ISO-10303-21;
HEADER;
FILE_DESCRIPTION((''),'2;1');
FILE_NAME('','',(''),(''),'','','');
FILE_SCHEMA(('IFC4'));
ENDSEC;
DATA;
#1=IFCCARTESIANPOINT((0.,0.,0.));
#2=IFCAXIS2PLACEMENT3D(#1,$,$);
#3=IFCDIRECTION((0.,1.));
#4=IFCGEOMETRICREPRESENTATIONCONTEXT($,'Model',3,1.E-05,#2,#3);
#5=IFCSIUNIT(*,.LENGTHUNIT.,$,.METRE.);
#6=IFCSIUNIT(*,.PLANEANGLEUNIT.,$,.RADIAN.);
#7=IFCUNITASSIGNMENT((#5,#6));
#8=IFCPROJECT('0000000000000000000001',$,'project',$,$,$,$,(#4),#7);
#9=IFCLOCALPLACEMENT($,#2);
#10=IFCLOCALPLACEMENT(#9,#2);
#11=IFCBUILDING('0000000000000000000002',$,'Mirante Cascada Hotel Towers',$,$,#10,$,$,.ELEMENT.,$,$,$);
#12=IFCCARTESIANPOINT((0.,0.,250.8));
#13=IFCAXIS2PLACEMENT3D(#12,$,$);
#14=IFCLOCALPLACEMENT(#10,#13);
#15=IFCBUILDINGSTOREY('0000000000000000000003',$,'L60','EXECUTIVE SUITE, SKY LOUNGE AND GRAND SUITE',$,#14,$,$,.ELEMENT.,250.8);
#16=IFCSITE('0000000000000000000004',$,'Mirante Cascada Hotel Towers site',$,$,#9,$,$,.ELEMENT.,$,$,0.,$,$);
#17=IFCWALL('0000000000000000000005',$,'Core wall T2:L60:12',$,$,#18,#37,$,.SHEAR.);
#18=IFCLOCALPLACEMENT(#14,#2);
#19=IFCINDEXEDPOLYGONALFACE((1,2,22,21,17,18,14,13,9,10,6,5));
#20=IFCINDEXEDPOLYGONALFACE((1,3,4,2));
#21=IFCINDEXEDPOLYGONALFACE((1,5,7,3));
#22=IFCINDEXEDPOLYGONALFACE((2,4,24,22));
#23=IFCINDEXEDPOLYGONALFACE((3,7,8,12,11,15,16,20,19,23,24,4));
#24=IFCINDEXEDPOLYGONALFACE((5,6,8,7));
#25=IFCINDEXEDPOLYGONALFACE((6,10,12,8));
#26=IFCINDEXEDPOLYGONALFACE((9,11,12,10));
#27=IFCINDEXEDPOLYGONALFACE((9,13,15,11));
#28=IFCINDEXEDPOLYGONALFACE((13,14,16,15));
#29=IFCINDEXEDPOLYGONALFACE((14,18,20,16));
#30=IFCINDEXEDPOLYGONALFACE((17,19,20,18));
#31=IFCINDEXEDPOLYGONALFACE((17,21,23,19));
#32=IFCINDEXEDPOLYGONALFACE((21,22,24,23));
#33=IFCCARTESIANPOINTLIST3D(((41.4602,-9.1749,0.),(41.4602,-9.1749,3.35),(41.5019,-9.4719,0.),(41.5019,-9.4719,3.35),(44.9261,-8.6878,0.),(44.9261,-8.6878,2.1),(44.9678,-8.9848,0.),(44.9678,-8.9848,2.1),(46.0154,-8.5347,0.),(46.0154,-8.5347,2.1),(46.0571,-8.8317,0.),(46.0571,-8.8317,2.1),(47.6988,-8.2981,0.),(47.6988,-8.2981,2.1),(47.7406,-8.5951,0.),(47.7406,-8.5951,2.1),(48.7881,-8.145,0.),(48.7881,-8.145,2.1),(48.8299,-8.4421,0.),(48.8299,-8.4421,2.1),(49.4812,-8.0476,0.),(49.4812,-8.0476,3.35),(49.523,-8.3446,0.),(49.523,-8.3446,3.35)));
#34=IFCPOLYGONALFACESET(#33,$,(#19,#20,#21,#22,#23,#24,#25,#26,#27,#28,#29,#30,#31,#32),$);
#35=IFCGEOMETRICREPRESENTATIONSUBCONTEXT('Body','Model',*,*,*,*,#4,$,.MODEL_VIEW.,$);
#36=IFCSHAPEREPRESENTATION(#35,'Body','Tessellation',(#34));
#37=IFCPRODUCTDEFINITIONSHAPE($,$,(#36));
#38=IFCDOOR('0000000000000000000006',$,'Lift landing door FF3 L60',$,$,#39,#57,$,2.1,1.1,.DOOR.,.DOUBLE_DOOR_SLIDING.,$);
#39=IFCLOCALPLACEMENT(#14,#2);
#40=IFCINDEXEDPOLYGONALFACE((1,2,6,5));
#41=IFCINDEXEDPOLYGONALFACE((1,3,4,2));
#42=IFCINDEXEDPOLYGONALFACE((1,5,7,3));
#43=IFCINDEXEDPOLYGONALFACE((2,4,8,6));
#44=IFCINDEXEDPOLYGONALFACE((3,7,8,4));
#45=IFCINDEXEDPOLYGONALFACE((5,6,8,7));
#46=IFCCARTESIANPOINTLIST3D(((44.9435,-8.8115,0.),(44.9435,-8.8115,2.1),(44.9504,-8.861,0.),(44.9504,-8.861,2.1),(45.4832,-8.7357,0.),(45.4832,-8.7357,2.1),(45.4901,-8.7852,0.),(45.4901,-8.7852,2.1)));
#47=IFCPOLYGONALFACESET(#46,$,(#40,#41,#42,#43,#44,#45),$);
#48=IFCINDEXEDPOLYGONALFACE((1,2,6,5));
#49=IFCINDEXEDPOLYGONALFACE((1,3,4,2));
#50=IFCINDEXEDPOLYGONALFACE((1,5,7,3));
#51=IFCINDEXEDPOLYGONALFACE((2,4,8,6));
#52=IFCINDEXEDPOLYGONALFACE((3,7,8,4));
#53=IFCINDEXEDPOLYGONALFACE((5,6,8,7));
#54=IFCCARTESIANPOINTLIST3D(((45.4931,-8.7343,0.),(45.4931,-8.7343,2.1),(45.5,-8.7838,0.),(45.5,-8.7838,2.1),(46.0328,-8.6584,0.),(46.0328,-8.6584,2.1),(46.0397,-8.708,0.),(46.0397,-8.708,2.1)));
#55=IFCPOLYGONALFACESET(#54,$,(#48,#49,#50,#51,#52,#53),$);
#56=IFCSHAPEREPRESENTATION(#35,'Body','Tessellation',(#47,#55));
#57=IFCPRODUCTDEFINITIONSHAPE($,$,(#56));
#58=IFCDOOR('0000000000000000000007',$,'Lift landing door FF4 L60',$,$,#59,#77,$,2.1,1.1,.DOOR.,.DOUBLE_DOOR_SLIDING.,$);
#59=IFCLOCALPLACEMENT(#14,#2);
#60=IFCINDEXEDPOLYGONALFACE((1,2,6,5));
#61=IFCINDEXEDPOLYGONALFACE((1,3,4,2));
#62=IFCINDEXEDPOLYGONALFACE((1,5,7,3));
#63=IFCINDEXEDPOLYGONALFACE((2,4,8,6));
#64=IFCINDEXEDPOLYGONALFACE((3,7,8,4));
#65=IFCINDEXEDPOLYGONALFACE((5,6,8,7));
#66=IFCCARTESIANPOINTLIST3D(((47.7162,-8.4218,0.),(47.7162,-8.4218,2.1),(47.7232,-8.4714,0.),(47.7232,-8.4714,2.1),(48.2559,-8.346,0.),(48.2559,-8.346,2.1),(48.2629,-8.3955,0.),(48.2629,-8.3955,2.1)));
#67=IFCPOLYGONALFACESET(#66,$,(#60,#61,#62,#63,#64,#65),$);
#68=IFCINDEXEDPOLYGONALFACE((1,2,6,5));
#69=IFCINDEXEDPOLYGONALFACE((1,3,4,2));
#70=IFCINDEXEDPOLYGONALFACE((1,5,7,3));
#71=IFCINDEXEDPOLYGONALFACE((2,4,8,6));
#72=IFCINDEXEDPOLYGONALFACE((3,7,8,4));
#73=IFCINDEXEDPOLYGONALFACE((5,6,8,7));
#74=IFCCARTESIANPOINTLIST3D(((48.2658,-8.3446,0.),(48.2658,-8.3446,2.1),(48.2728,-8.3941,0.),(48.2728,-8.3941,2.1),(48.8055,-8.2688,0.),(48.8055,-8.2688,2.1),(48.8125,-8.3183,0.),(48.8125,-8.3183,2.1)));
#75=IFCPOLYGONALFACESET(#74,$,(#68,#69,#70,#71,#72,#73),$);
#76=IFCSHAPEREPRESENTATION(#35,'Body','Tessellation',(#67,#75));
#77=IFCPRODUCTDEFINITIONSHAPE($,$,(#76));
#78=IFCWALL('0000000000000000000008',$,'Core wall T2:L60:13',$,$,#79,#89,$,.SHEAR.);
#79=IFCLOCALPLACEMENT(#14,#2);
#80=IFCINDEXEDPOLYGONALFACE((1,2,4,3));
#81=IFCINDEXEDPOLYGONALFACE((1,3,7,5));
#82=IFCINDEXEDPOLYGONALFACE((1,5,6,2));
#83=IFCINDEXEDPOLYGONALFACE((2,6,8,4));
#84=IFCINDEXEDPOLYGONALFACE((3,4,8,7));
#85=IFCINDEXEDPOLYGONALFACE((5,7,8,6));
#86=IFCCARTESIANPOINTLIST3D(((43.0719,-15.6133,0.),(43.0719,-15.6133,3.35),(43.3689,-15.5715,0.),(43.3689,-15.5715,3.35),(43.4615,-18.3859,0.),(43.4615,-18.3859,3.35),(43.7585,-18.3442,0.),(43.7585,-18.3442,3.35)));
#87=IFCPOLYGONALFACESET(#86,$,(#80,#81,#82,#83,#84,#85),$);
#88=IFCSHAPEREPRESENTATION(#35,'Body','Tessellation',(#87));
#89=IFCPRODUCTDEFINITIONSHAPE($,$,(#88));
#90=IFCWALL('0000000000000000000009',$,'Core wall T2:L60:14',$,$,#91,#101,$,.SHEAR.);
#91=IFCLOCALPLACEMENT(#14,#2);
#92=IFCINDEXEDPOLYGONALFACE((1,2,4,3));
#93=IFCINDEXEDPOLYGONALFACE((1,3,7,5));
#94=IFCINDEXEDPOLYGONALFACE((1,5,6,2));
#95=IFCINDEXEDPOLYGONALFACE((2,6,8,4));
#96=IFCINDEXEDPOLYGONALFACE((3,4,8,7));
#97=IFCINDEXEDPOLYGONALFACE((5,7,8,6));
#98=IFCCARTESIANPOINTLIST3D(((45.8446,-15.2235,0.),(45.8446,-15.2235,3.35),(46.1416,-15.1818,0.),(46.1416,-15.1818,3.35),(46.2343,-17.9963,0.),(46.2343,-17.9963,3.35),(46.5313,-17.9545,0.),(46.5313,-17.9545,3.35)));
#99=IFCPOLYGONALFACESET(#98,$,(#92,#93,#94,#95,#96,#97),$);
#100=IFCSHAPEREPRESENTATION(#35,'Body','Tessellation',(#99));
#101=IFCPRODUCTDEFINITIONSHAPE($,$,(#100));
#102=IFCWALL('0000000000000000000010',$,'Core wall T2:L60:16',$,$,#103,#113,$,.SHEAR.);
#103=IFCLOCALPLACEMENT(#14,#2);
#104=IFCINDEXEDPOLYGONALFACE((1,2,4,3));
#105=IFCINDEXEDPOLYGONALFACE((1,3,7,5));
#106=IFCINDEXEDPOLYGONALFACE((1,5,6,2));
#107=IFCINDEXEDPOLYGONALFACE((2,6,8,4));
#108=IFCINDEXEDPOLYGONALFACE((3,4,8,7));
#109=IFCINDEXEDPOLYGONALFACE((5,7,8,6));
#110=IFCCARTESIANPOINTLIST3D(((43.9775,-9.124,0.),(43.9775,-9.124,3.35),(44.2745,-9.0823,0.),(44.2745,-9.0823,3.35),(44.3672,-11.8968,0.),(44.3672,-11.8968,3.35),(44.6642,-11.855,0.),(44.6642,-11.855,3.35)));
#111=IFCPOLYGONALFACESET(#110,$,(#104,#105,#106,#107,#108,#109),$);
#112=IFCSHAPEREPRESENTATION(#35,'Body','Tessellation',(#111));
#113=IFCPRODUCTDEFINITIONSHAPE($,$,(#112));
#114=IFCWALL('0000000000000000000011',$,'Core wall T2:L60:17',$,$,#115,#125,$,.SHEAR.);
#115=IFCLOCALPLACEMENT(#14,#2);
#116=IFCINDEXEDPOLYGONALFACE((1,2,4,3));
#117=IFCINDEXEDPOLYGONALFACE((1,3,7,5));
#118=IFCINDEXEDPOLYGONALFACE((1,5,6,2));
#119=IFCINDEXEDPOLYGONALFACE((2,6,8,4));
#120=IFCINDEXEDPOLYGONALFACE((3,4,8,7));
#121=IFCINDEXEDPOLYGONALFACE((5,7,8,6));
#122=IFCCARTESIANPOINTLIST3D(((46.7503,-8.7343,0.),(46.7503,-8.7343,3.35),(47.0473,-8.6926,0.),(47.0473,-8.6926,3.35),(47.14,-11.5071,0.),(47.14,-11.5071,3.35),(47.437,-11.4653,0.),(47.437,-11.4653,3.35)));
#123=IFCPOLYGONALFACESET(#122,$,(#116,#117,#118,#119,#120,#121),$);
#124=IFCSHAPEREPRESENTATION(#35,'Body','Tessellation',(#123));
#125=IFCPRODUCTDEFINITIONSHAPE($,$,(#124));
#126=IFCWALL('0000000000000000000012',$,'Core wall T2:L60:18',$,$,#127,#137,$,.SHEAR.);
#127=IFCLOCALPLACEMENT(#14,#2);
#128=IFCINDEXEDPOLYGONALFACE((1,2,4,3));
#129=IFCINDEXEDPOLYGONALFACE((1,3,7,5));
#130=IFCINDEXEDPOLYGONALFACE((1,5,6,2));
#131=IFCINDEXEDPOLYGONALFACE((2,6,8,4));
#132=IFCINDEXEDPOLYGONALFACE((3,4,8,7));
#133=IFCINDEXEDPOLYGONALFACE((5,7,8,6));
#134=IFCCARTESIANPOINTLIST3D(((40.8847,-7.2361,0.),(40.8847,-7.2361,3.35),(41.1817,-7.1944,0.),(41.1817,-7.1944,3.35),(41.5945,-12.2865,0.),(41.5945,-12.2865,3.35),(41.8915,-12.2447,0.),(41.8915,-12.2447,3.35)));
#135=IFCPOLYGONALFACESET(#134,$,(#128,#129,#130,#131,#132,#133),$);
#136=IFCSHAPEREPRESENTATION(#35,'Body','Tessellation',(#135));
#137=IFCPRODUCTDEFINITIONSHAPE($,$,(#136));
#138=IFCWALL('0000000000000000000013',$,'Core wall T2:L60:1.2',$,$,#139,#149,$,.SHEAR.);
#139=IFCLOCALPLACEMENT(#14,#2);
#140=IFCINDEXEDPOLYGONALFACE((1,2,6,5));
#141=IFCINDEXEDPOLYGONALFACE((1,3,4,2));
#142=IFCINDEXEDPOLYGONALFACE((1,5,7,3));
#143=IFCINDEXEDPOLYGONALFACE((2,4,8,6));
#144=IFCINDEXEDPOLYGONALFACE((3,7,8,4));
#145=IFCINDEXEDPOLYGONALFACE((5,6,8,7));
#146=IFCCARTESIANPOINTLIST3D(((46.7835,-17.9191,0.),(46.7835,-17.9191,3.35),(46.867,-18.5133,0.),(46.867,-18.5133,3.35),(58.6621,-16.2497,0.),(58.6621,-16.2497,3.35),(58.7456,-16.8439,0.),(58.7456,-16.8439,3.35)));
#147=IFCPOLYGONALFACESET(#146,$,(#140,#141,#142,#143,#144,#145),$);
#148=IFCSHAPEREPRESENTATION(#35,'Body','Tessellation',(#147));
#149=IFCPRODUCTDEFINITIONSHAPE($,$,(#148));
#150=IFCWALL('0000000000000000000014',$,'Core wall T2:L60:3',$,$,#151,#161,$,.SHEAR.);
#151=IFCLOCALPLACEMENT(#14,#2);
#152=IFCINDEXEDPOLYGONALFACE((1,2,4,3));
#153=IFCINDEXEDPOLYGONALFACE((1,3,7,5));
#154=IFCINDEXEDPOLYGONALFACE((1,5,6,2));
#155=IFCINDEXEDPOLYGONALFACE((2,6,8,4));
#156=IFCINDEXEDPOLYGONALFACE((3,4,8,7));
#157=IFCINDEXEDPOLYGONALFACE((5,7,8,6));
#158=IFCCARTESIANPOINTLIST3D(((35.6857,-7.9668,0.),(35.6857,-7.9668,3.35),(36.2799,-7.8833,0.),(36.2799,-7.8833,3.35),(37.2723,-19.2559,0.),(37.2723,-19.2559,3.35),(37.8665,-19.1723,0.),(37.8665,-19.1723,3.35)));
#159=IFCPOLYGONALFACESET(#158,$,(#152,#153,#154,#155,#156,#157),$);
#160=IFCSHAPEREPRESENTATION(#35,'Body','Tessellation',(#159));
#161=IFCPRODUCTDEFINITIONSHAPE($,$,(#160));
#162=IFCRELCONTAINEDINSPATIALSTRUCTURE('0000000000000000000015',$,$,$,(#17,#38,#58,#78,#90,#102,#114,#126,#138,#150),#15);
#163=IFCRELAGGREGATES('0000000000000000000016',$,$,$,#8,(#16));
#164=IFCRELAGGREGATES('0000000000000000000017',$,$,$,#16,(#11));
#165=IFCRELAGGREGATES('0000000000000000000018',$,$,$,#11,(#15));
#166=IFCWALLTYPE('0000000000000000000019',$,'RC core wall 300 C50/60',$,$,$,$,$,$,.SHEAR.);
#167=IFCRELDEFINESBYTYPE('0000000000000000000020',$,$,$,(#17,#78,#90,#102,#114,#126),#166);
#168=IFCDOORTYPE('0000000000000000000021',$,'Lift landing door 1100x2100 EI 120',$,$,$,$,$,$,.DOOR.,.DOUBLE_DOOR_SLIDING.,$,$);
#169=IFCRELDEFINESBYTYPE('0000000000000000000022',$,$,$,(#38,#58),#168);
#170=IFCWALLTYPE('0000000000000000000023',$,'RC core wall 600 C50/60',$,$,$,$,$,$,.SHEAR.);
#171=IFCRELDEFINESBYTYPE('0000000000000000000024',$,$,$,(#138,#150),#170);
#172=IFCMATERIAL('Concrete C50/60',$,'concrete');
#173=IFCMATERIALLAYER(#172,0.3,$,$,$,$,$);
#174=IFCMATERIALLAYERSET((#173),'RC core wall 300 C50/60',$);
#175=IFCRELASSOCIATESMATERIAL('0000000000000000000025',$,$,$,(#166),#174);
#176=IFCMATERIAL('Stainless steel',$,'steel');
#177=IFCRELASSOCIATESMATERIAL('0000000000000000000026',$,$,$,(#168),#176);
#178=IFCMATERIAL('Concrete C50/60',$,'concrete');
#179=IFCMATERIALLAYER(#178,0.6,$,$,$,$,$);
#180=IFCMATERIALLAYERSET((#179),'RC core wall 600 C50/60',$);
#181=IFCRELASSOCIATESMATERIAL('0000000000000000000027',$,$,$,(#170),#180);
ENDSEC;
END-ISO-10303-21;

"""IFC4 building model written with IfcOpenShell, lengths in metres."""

from ifc_helpers import new_model, si_unit, direction, frame, frame_2d, origin, place, context, subcontext, project, spatial, rectangle, extrude, material, layer, layer_set, type_object, element, fill, save


model = new_model("IFC4")

# Units and contexts
model_context = context("Model", 3, precision=1e-05, world=origin(), true_north=direction((0.0, 1.0)))
body_context = subcontext(model_context, "Body", "Model", "MODEL_VIEW")
ifc_project = project(units=[si_unit("LENGTHUNIT", "METRE"), si_unit("PLANEANGLEUNIT", "RADIAN")], contexts=[model_context])

# Site, building, storey
site_placement = place(None, origin())
site = spatial("IfcSite", under=ifc_project, at=site_placement, Name="Mirante Cascada Hotel Towers site", CompositionType="ELEMENT", RefElevation=0.0)
building_placement = place(site_placement, origin())
building = spatial("IfcBuilding", under=site, at=building_placement, Name="Mirante Cascada Hotel Towers", CompositionType="ELEMENT")
storey_placement = place(building_placement, frame((0.0, 0.0, 250.8)))
storey = spatial("IfcBuildingStorey", under=building, at=storey_placement, Name="L60", Description="EXECUTIVE SUITE, SKY LOUNGE AND GRAND SUITE", CompositionType="ELEMENT", Elevation=250.8)

# Shared definitions
ifc_material_1 = material(Name="Concrete C50/60", Category="concrete")
ifc_layer_1 = layer(ifc_material_1, 0.3)
ifc_layer_set_1 = layer_set([ifc_layer_1], Name="RC core wall 300 C50/60")
wall_type_1 = type_object("IfcWallType", Name="RC core wall 300 C50/60", PredefinedType="SHEAR", material=ifc_layer_set_1)

# Shared definitions
ifc_material_2 = material(Name="Stainless steel", Category="steel")
door_type_1 = type_object("IfcDoorType", Name="Lift landing door 1100x2100 EI 120", OperationType="DOUBLE_DOOR_SLIDING", PredefinedType="DOOR", material=ifc_material_2)

# Wall, openings, doors
wall_1_placement = place(storey_placement, frame((41.481, -9.3234, 0.0), z_axis=(0.0, 0.0, 1.0), x_axis=(0.990268, 0.139174, 0.0)))
wall_1 = element("IfcWall", 1, at=wall_1_placement, inside=storey, type_object=wall_type_1, Name="Core wall T2:L60:12", PredefinedType="SHEAR", context=body_context, shape_type="SweptSolid", body=[
    extrude(rectangle(XDim=8.0999, YDim=0.3, at=frame_2d((4.05, 0.0))), origin(), (0.0, 0.0, 1.0), 3.35),
])
opening_1_placement = place(wall_1_placement, frame((3.5, 0.0, 0.0)))
opening_1 = element("IfcOpeningElement", 2, at=opening_1_placement, cuts=wall_1, PredefinedType="OPENING", context=body_context, shape_type="SweptSolid", body=[
    extrude(rectangle(XDim=1.1, YDim=2.1, at=frame_2d((0.55, 1.05))), frame((0.0, 0.15, 0.0), z_axis=(0.0, -1.0, 0.0), x_axis=(1.0, 0.0, 0.0)), (0.0, 0.0, 1.0), 0.3),
])
opening_2_placement = place(wall_1_placement, frame((6.3, 0.0, 0.0)))
opening_2 = element("IfcOpeningElement", 3, at=opening_2_placement, cuts=wall_1, PredefinedType="OPENING", context=body_context, shape_type="SweptSolid", body=[
    extrude(rectangle(XDim=1.1, YDim=2.1, at=frame_2d((0.55, 1.05))), frame((0.0, 0.15, 0.0), z_axis=(0.0, -1.0, 0.0), x_axis=(1.0, 0.0, 0.0)), (0.0, 0.0, 1.0), 0.3),
])
door_1_placement = place(opening_1_placement, origin())
door_1 = element("IfcDoor", 4, at=door_1_placement, inside=storey, type_object=door_type_1, Name="Lift landing door FF3 L60", OperationType="DOUBLE_DOOR_SLIDING", OverallHeight=2.1, OverallWidth=1.1, PredefinedType="DOOR", context=body_context, shape_type="SweptSolid", body=[
    extrude(rectangle(XDim=0.545, YDim=2.1, at=frame_2d((0.2725, 1.05))), frame((0.0, 0.025, 0.0), z_axis=(0.0, -1.0, 0.0), x_axis=(1.0, 0.0, 0.0)), (0.0, 0.0, 1.0), 0.05),
    extrude(rectangle(XDim=0.545, YDim=2.1, at=frame_2d((0.8275, 1.05))), frame((0.0, 0.025, 0.0), z_axis=(0.0, -1.0, 0.0), x_axis=(1.0, 0.0, 0.0)), (0.0, 0.0, 1.0), 0.05),
])
fill(opening_1, door_1)
door_2_placement = place(opening_2_placement, origin())
door_2 = element("IfcDoor", 5, at=door_2_placement, inside=storey, type_object=door_type_1, Name="Lift landing door FF4 L60", OperationType="DOUBLE_DOOR_SLIDING", OverallHeight=2.1, OverallWidth=1.1, PredefinedType="DOOR", context=body_context, shape_type="SweptSolid", body=[
    extrude(rectangle(XDim=0.545, YDim=2.1, at=frame_2d((0.2725, 1.05))), frame((0.0, 0.025, 0.0), z_axis=(0.0, -1.0, 0.0), x_axis=(1.0, 0.0, 0.0)), (0.0, 0.0, 1.0), 0.05),
    extrude(rectangle(XDim=0.545, YDim=2.1, at=frame_2d((0.8275, 1.05))), frame((0.0, 0.025, 0.0), z_axis=(0.0, -1.0, 0.0), x_axis=(1.0, 0.0, 0.0)), (0.0, 0.0, 1.0), 0.05),
])
fill(opening_2, door_2)

# Walls
wall_2_placement = place(storey_placement, frame((43.61, -18.3651, 0.0), z_axis=(0.0, 0.0, 1.0), x_axis=(-0.139146, 0.990272, 0.0)))
element("IfcWall", 6, at=wall_2_placement, inside=storey, type_object=wall_type_1, Name="Core wall T2:L60:13", PredefinedType="SHEAR", context=body_context, shape_type="SweptSolid", body=[
    extrude(rectangle(XDim=2.7999, YDim=0.3, at=frame_2d((1.4, 0.0))), origin(), (0.0, 0.0, 1.0), 3.35),
])
for number, where, z_axis, x_axis, name in (
    (7, (46.3828, -17.9754, 0.0), (0.0, 0.0, 1.0), (-0.139181, 0.990267, 0.0), "Core wall T2:L60:14"),
    (8, (44.5157, -11.8759, 0.0), (0.0, 0.0, 1.0), (-0.139181, 0.990267, 0.0), "Core wall T2:L60:16"),
    (9, (47.2885, -11.4862, 0.0), (0.0, 0.0, 1.0), (-0.139181, 0.990267, 0.0), "Core wall T2:L60:17"),
):
    element("IfcWall", number, at=place(storey_placement, frame(where, z_axis=z_axis, x_axis=x_axis)), inside=storey, type_object=wall_type_1, Name=name, PredefinedType="SHEAR", context=body_context, shape_type="SweptSolid", body=[
        extrude(rectangle(XDim=2.8, YDim=0.3, at=frame_2d((1.4, 0.0))), origin(), (0.0, 0.0, 1.0), 3.35),
    ])
wall_3_placement = place(storey_placement, frame((41.743, -12.2656, 0.0), z_axis=(0.0, 0.0, 1.0), x_axis=(-0.139176, 0.990268, 0.0)))
element("IfcWall", 10, at=wall_3_placement, inside=storey, type_object=wall_type_1, Name="Core wall T2:L60:18", PredefinedType="SHEAR", context=body_context, shape_type="SweptSolid", body=[
    extrude(rectangle(XDim=5.1, YDim=0.3, at=frame_2d((2.55, 0.0))), origin(), (0.0, 0.0, 1.0), 3.35),
])
ifc_material_3 = material(Name="Concrete C50/60", Category="concrete")
ifc_layer_2 = layer(ifc_material_3, 0.6)
ifc_layer_set_2 = layer_set([ifc_layer_2], Name="RC core wall 600 C50/60")
wall_type_2 = type_object("IfcWallType", Name="RC core wall 600 C50/60", PredefinedType="SHEAR", material=ifc_layer_set_2)
wall_4_placement = place(storey_placement, frame((46.8253, -18.2162, 0.0), z_axis=(0.0, 0.0, 1.0), x_axis=(0.990268, 0.139171, 0.0)))
element("IfcWall", 11, at=wall_4_placement, inside=storey, type_object=wall_type_2, Name="Core wall T2:L60:1.2", PredefinedType="SHEAR", context=body_context, shape_type="SweptSolid", body=[
    extrude(rectangle(XDim=11.9953, YDim=0.6, at=frame_2d((5.9976, 0.0))), origin(), (0.0, 0.0, 1.0), 3.35),
])
wall_5_placement = place(storey_placement, frame((37.5694, -19.2141, 0.0), z_axis=(0.0, 0.0, 1.0), x_axis=(-0.139175, 0.990268, 0.0)))
element("IfcWall", 12, at=wall_5_placement, inside=storey, type_object=wall_type_2, Name="Core wall T2:L60:3", PredefinedType="SHEAR", context=body_context, shape_type="SweptSolid", body=[
    extrude(rectangle(XDim=11.4, YDim=0.6, at=frame_2d((5.7, 0.0))), origin(), (0.0, 0.0, 1.0), 3.35),
])

save(model, "model.ifc")
